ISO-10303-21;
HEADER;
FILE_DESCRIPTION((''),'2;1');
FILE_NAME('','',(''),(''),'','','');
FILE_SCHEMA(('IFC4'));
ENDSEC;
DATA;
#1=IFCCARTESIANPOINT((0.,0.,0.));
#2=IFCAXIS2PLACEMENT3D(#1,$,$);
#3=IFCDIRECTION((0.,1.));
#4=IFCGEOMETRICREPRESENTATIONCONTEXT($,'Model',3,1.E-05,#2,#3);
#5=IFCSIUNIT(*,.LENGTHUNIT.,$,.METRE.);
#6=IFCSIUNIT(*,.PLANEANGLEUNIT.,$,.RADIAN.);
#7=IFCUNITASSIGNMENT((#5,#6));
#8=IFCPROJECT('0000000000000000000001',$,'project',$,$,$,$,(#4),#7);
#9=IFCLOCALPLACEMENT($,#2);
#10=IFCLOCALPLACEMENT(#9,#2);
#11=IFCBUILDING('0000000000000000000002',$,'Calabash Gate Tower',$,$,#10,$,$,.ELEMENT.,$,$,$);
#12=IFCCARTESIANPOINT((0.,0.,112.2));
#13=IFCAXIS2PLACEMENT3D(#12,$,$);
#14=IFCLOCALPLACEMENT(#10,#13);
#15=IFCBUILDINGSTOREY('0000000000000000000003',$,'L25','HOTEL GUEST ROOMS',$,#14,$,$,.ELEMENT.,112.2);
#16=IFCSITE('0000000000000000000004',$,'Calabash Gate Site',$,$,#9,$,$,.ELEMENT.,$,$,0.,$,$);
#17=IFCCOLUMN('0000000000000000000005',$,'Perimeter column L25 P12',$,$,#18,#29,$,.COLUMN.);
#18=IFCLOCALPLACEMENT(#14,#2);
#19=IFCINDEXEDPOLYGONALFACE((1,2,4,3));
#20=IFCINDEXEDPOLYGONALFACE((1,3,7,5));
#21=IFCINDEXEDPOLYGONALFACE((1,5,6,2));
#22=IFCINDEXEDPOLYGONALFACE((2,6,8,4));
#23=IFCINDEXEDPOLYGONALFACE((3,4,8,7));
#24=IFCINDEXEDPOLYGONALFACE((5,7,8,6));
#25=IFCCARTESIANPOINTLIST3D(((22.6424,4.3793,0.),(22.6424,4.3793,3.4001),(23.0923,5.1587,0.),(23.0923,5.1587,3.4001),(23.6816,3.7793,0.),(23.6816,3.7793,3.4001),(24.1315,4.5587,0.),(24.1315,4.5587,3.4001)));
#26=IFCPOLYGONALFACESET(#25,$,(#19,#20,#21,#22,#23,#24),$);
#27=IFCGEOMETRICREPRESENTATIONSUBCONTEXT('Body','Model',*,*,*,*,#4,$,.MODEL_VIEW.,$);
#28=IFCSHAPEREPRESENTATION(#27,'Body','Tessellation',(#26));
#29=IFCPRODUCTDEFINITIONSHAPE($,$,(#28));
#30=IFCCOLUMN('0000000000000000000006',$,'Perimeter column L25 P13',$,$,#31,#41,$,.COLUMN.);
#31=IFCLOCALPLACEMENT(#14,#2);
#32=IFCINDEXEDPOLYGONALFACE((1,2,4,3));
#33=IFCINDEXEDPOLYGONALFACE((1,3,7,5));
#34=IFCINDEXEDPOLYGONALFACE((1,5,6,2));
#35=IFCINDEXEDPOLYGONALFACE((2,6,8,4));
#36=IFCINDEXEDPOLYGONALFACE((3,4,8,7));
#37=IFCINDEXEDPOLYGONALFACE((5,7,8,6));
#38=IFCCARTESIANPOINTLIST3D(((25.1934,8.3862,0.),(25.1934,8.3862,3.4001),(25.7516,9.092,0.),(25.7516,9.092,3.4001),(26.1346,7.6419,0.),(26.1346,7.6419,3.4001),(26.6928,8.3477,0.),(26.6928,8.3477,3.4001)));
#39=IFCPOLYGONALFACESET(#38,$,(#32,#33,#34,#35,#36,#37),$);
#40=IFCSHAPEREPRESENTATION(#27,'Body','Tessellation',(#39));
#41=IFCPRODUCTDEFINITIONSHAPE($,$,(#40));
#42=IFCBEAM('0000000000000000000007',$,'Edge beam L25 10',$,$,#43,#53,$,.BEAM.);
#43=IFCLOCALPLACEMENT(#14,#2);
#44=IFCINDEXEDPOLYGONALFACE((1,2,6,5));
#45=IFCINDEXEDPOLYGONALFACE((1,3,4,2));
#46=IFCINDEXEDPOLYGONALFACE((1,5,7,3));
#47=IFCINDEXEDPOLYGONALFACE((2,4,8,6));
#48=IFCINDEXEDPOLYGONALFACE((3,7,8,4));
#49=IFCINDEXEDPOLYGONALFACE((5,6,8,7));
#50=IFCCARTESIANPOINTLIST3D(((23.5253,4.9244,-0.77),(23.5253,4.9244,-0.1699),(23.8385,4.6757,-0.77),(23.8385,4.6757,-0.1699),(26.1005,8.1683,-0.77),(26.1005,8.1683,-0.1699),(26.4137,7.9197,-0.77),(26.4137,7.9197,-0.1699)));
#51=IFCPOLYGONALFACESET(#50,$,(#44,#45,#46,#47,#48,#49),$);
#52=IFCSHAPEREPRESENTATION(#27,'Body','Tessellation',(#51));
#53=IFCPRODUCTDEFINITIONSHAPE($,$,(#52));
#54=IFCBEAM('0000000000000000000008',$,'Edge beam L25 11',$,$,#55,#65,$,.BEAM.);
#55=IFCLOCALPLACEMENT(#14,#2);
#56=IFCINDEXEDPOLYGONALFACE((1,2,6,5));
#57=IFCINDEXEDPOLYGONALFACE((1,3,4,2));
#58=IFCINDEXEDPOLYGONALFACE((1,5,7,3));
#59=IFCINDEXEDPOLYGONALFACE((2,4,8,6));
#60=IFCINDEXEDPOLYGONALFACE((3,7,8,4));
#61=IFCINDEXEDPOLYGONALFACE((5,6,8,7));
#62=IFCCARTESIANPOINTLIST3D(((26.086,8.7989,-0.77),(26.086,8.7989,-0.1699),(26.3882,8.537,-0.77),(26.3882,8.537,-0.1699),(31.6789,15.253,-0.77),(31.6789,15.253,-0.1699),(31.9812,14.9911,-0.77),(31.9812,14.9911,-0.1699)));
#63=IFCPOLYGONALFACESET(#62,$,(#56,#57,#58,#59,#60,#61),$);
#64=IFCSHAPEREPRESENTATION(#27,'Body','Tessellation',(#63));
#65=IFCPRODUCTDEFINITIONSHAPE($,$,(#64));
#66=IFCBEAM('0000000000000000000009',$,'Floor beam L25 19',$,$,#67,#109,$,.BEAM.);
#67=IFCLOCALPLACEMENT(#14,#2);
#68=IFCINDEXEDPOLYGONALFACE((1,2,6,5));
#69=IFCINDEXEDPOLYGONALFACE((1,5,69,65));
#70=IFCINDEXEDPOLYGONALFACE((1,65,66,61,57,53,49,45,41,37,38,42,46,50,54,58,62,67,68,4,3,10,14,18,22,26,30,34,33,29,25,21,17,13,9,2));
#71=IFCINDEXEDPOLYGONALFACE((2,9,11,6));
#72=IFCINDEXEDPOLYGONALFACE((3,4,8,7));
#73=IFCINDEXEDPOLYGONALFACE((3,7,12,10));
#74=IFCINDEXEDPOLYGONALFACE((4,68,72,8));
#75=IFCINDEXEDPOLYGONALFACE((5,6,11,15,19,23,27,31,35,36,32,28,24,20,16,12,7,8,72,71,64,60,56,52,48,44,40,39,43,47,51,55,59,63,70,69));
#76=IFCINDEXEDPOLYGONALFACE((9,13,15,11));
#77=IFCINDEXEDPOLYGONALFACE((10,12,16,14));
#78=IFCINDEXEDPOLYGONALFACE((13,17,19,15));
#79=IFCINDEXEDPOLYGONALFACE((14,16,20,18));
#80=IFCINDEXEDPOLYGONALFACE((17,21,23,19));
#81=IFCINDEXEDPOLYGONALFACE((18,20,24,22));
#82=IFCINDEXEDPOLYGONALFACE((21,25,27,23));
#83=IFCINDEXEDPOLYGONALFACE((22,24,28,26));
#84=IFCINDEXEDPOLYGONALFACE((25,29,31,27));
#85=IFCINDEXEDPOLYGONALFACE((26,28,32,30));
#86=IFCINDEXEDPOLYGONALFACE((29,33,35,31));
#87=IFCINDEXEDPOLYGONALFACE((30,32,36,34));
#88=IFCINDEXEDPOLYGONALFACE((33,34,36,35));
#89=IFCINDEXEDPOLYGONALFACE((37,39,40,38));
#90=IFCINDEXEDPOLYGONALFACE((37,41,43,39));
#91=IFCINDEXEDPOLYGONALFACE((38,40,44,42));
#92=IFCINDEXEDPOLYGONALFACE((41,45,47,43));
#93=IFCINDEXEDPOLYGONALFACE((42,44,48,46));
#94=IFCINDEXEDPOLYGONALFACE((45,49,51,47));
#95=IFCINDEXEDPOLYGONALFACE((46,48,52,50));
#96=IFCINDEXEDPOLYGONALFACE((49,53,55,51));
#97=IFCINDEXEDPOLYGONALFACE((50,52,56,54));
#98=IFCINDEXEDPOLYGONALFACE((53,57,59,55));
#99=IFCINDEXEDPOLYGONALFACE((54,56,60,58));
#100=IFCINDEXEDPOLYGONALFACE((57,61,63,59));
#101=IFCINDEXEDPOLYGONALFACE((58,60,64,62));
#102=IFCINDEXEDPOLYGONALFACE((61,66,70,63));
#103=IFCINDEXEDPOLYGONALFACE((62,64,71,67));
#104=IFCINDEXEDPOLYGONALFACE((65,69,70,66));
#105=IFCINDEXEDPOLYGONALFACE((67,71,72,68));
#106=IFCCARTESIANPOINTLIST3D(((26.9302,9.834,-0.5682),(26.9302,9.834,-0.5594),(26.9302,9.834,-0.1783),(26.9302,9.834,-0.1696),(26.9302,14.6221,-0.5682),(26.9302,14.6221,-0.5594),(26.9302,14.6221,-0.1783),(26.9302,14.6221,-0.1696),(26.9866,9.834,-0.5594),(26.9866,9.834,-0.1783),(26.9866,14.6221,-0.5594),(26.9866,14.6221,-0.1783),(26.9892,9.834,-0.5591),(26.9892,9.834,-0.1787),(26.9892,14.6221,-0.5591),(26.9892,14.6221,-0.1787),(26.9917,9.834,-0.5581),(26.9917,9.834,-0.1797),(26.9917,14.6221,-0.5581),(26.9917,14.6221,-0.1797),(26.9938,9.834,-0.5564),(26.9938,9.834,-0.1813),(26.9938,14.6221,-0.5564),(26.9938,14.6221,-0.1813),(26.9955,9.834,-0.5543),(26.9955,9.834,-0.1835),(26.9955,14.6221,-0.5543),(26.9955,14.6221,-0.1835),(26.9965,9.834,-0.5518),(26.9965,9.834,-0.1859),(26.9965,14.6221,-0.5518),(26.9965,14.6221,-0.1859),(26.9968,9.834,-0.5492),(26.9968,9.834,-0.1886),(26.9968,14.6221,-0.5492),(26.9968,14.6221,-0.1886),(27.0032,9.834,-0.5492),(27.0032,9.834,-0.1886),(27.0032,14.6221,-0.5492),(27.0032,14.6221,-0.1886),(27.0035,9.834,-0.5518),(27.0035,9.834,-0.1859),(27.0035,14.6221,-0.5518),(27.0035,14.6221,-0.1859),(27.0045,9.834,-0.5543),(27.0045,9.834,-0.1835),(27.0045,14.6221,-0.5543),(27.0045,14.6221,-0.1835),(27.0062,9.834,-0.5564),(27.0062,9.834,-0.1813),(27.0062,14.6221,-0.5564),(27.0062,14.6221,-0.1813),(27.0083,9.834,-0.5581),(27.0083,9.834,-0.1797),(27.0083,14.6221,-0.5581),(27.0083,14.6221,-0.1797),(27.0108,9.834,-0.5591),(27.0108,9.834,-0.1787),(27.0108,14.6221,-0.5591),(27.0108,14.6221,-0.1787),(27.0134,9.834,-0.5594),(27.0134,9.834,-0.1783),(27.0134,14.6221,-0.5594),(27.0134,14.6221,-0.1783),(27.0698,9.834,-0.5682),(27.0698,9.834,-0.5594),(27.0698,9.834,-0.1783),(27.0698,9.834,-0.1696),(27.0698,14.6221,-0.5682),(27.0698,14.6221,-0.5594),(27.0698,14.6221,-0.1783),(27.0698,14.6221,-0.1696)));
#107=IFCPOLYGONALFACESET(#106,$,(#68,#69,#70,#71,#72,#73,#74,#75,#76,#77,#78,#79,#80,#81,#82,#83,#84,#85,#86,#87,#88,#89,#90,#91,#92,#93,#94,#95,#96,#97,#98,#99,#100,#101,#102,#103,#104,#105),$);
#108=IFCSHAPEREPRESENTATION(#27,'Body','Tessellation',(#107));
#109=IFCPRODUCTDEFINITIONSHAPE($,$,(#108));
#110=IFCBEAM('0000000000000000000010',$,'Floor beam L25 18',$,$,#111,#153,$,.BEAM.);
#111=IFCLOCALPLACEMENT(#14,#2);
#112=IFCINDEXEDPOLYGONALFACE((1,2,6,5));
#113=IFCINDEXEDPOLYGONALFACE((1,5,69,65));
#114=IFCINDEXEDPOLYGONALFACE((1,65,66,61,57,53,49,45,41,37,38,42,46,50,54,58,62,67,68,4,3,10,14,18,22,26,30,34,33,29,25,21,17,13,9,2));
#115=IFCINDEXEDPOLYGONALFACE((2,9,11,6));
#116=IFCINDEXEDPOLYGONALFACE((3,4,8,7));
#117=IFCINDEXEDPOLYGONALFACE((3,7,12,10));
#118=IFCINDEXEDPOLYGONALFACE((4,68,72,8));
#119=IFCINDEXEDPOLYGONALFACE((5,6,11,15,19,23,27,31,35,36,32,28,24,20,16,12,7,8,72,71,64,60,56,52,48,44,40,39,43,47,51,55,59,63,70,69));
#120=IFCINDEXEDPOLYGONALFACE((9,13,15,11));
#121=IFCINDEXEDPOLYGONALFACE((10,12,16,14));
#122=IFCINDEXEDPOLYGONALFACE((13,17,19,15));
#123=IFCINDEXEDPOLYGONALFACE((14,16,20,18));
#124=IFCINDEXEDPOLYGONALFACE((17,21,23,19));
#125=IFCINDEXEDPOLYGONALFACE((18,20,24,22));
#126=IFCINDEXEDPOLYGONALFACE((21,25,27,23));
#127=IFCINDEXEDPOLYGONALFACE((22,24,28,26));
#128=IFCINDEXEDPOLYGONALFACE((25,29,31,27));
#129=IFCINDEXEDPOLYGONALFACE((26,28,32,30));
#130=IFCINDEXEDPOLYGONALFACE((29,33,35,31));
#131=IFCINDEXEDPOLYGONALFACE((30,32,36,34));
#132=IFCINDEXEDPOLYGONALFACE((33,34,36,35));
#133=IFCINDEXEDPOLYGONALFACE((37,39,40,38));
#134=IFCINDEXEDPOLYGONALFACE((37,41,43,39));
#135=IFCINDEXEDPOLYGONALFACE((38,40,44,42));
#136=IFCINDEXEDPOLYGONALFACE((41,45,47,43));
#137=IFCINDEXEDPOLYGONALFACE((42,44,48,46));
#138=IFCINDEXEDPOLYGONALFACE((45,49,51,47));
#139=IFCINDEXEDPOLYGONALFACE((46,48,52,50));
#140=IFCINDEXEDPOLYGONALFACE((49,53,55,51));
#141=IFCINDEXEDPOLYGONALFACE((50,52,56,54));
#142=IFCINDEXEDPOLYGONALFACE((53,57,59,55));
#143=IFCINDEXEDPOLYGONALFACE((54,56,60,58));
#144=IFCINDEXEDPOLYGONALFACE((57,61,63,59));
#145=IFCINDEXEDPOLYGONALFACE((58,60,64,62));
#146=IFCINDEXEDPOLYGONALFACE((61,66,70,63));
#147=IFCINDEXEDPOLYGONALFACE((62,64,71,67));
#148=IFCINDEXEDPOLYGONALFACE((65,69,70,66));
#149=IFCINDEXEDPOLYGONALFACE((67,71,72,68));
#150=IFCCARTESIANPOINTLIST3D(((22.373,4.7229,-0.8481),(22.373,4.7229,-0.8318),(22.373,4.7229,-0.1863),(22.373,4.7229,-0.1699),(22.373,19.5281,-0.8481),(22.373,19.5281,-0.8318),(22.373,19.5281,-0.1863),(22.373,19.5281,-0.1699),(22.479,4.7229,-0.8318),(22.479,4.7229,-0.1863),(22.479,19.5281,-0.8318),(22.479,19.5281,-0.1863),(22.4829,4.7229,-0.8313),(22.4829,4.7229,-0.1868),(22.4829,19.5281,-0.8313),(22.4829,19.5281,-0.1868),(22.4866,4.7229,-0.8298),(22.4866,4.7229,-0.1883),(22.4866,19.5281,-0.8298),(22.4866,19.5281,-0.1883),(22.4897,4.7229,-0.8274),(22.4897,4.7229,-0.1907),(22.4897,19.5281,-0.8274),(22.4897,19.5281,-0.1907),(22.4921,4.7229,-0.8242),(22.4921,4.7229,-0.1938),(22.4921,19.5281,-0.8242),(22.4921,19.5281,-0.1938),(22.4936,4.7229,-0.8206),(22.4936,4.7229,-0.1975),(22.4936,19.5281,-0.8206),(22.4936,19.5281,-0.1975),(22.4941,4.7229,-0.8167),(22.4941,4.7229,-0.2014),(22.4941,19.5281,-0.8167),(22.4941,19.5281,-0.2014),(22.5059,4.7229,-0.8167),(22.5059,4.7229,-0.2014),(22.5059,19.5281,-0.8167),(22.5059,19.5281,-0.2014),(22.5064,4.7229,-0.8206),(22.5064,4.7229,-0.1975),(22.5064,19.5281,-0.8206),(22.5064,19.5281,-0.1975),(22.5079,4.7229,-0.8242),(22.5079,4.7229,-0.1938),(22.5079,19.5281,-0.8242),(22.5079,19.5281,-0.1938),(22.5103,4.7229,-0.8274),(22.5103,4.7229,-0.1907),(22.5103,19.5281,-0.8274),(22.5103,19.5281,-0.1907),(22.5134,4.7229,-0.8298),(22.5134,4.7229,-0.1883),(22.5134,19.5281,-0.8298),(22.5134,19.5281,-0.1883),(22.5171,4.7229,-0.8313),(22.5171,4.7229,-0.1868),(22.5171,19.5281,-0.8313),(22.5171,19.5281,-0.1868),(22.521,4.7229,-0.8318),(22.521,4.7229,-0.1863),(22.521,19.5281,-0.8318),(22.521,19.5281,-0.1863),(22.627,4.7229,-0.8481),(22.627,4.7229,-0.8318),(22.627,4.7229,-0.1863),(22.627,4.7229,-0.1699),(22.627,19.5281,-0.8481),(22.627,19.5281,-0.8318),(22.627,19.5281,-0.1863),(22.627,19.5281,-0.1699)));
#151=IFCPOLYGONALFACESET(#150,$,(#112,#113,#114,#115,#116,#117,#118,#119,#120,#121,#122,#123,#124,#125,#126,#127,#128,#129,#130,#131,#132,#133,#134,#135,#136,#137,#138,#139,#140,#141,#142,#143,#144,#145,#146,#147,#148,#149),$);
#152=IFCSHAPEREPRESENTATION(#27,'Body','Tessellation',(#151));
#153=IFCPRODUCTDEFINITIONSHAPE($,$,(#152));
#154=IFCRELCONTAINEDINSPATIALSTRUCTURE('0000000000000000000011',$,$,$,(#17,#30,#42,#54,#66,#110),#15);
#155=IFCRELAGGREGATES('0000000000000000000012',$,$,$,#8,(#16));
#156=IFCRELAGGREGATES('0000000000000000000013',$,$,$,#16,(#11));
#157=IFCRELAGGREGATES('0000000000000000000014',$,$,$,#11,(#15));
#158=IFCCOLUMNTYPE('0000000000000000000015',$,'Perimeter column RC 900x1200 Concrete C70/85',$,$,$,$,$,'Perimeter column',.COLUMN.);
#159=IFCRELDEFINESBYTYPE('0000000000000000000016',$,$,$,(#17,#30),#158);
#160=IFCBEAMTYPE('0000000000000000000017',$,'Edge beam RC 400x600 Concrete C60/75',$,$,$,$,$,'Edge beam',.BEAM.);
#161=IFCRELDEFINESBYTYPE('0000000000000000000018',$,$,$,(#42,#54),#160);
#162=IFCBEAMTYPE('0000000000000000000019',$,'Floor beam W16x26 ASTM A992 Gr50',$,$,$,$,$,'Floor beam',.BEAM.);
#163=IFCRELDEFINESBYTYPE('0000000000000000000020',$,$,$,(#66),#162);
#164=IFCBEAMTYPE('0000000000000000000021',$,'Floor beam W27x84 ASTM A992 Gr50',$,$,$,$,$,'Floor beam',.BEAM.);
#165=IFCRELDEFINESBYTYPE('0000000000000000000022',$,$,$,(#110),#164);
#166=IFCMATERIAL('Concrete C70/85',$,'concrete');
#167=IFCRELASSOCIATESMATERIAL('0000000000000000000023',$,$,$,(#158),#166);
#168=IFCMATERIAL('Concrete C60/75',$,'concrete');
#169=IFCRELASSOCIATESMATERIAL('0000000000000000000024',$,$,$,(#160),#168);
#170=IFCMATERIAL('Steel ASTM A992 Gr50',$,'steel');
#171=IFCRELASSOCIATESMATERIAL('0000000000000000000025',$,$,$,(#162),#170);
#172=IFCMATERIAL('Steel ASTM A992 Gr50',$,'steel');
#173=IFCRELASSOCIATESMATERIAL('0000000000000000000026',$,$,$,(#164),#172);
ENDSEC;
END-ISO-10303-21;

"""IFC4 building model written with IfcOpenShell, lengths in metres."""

from ifc_helpers import new_model, si_unit, direction, frame, origin, origin_2d, place, context, subcontext, project, spatial, rectangle, i_section, extrude, material, material_profile, profile_set, type_object, element, save


model = new_model("IFC4")

# Units and contexts
model_context = context("Model", 3, precision=1e-05, world=origin(), true_north=direction((0.0, 1.0)))
body_context = subcontext(model_context, "Body", "Model", "MODEL_VIEW")
ifc_project = project(units=[si_unit("LENGTHUNIT", "METRE"), si_unit("PLANEANGLEUNIT", "RADIAN")], contexts=[model_context])

# Site, building, storey
site_placement = place(None, origin())
site = spatial("IfcSite", under=ifc_project, at=site_placement, Name="Calabash Gate Site", CompositionType="ELEMENT", RefElevation=0.0)
building_placement = place(site_placement, origin())
building = spatial("IfcBuilding", under=site, at=building_placement, Name="Calabash Gate Tower", CompositionType="ELEMENT")
storey_placement = place(building_placement, frame((0.0, 0.0, 112.2)))
storey = spatial("IfcBuildingStorey", under=building, at=storey_placement, Name="L25", Description="HOTEL GUEST ROOMS", CompositionType="ELEMENT", Elevation=112.2)

# Columns
ifc_material_1 = material(Name="Concrete C70/85", Category="concrete")
ifc_material_profile_1 = material_profile(ifc_material_1, rectangle(XDim=0.8999, YDim=1.2, at=origin_2d()))
ifc_profile_set_1 = profile_set([ifc_material_profile_1], Name="Concrete C70/85")
column_type = type_object("IfcColumnType", Name="Perimeter column RC 900x1200 Concrete C70/85", ElementType="Perimeter column", PredefinedType="COLUMN", material=ifc_profile_set_1)
for number, where, z_axis, x_axis, name in (
    (1, (23.387, 4.469, 0.0), (0.0, 0.0, 1.0), (0.5, 0.866025, 0.0), "Perimeter column L25 P12"),
    (2, (25.9431, 8.3669, 0.0), (0.0, 0.0, 1.0), (0.620301, 0.784364, 0.0), "Perimeter column L25 P13"),
):
    element("IfcColumn", number, at=place(storey_placement, frame(where, z_axis=z_axis, x_axis=x_axis)), inside=storey, type_object=column_type, Name=name, PredefinedType="COLUMN", context=body_context, shape_type="SweptSolid", body=[
        extrude(rectangle(XDim=0.8999, YDim=1.2, at=origin_2d()), origin(), (0.0, 0.0, 1.0), 3.4001),
    ])

# Beams
ifc_material_2 = material(Name="Concrete C60/75", Category="concrete")
ifc_material_profile_2 = material_profile(ifc_material_2, rectangle(XDim=0.3999, YDim=0.6001, at=origin_2d()))
ifc_profile_set_2 = profile_set([ifc_material_profile_2], Name="Concrete C60/75")
beam_type_1 = type_object("IfcBeamType", Name="Edge beam RC 400x600 Concrete C60/75", ElementType="Edge beam", PredefinedType="BEAM", material=ifc_profile_set_2)
beam_1_placement = place(storey_placement, frame((23.6819, 4.8, -0.47), z_axis=(0.621758, 0.78321, 0.0), x_axis=(-0.78321, 0.621758, 0.0)))
element("IfcBeam", 3, at=beam_1_placement, inside=storey, type_object=beam_type_1, Name="Edge beam L25 10", PredefinedType="BEAM", context=body_context, shape_type="SweptSolid", body=[
    extrude(rectangle(XDim=0.3999, YDim=0.6001, at=origin_2d()), origin(), (0.0, 0.0, 1.0), 4.1418),
])
beam_2_placement = place(storey_placement, frame((26.2371, 8.668, -0.47), z_axis=(0.654895, 0.75572, 0.0), x_axis=(-0.75572, 0.654895, 0.0)))
element("IfcBeam", 4, at=beam_2_placement, inside=storey, type_object=beam_type_1, Name="Edge beam L25 11", PredefinedType="BEAM", context=body_context, shape_type="SweptSolid", body=[
    extrude(rectangle(XDim=0.3999, YDim=0.6001, at=origin_2d()), origin(), (0.0, 0.0, 1.0), 8.5403),
])
ifc_material_3 = material(Name="Steel ASTM A992 Gr50", Category="steel")
ifc_material_profile_3 = material_profile(ifc_material_3, i_section(OverallWidth=0.1396, OverallDepth=0.3987, WebThickness=0.0063, FlangeThickness=0.0088, FilletRadius=0.0103, at=origin_2d()))
ifc_profile_set_3 = profile_set([ifc_material_profile_3], Name="Steel ASTM A992 Gr50")
beam_type_2 = type_object("IfcBeamType", Name="Floor beam W16x26 ASTM A992 Gr50", ElementType="Floor beam", PredefinedType="BEAM", material=ifc_profile_set_3)
beam_3_placement = place(storey_placement, frame((27.0, 9.834, -0.3689), z_axis=(0.0, 1.0, 0.0), x_axis=(-1.0, 0.0, 0.0)))
element("IfcBeam", 5, at=beam_3_placement, inside=storey, type_object=beam_type_2, Name="Floor beam L25 19", PredefinedType="BEAM", context=body_context, shape_type="SweptSolid", body=[
    extrude(i_section(OverallWidth=0.1396, OverallDepth=0.3987, WebThickness=0.0063, FlangeThickness=0.0088, FilletRadius=0.0103, at=origin_2d()), origin(), (0.0, 0.0, 1.0), 4.7881),
])
ifc_material_4 = material(Name="Steel ASTM A992 Gr50", Category="steel")
ifc_material_profile_4 = material_profile(ifc_material_4, i_section(OverallWidth=0.2539, OverallDepth=0.6782, WebThickness=0.0117, FlangeThickness=0.0164, FilletRadius=0.0151, at=origin_2d()))
ifc_profile_set_4 = profile_set([ifc_material_profile_4], Name="Steel ASTM A992 Gr50")
beam_type_3 = type_object("IfcBeamType", Name="Floor beam W27x84 ASTM A992 Gr50", ElementType="Floor beam", PredefinedType="BEAM", material=ifc_profile_set_4)
beam_4_placement = place(storey_placement, frame((22.5, 4.7229, -0.509), z_axis=(0.0, 1.0, 0.0), x_axis=(-1.0, 0.0, 0.0)))
element("IfcBeam", 6, at=beam_4_placement, inside=storey, type_object=beam_type_3, Name="Floor beam L25 18", PredefinedType="BEAM", context=body_context, shape_type="SweptSolid", body=[
    extrude(i_section(OverallWidth=0.2539, OverallDepth=0.6782, WebThickness=0.0117, FlangeThickness=0.0164, FilletRadius=0.0151, at=origin_2d()), origin(), (0.0, 0.0, 1.0), 14.8052),
])

save(model, "model.ifc")
